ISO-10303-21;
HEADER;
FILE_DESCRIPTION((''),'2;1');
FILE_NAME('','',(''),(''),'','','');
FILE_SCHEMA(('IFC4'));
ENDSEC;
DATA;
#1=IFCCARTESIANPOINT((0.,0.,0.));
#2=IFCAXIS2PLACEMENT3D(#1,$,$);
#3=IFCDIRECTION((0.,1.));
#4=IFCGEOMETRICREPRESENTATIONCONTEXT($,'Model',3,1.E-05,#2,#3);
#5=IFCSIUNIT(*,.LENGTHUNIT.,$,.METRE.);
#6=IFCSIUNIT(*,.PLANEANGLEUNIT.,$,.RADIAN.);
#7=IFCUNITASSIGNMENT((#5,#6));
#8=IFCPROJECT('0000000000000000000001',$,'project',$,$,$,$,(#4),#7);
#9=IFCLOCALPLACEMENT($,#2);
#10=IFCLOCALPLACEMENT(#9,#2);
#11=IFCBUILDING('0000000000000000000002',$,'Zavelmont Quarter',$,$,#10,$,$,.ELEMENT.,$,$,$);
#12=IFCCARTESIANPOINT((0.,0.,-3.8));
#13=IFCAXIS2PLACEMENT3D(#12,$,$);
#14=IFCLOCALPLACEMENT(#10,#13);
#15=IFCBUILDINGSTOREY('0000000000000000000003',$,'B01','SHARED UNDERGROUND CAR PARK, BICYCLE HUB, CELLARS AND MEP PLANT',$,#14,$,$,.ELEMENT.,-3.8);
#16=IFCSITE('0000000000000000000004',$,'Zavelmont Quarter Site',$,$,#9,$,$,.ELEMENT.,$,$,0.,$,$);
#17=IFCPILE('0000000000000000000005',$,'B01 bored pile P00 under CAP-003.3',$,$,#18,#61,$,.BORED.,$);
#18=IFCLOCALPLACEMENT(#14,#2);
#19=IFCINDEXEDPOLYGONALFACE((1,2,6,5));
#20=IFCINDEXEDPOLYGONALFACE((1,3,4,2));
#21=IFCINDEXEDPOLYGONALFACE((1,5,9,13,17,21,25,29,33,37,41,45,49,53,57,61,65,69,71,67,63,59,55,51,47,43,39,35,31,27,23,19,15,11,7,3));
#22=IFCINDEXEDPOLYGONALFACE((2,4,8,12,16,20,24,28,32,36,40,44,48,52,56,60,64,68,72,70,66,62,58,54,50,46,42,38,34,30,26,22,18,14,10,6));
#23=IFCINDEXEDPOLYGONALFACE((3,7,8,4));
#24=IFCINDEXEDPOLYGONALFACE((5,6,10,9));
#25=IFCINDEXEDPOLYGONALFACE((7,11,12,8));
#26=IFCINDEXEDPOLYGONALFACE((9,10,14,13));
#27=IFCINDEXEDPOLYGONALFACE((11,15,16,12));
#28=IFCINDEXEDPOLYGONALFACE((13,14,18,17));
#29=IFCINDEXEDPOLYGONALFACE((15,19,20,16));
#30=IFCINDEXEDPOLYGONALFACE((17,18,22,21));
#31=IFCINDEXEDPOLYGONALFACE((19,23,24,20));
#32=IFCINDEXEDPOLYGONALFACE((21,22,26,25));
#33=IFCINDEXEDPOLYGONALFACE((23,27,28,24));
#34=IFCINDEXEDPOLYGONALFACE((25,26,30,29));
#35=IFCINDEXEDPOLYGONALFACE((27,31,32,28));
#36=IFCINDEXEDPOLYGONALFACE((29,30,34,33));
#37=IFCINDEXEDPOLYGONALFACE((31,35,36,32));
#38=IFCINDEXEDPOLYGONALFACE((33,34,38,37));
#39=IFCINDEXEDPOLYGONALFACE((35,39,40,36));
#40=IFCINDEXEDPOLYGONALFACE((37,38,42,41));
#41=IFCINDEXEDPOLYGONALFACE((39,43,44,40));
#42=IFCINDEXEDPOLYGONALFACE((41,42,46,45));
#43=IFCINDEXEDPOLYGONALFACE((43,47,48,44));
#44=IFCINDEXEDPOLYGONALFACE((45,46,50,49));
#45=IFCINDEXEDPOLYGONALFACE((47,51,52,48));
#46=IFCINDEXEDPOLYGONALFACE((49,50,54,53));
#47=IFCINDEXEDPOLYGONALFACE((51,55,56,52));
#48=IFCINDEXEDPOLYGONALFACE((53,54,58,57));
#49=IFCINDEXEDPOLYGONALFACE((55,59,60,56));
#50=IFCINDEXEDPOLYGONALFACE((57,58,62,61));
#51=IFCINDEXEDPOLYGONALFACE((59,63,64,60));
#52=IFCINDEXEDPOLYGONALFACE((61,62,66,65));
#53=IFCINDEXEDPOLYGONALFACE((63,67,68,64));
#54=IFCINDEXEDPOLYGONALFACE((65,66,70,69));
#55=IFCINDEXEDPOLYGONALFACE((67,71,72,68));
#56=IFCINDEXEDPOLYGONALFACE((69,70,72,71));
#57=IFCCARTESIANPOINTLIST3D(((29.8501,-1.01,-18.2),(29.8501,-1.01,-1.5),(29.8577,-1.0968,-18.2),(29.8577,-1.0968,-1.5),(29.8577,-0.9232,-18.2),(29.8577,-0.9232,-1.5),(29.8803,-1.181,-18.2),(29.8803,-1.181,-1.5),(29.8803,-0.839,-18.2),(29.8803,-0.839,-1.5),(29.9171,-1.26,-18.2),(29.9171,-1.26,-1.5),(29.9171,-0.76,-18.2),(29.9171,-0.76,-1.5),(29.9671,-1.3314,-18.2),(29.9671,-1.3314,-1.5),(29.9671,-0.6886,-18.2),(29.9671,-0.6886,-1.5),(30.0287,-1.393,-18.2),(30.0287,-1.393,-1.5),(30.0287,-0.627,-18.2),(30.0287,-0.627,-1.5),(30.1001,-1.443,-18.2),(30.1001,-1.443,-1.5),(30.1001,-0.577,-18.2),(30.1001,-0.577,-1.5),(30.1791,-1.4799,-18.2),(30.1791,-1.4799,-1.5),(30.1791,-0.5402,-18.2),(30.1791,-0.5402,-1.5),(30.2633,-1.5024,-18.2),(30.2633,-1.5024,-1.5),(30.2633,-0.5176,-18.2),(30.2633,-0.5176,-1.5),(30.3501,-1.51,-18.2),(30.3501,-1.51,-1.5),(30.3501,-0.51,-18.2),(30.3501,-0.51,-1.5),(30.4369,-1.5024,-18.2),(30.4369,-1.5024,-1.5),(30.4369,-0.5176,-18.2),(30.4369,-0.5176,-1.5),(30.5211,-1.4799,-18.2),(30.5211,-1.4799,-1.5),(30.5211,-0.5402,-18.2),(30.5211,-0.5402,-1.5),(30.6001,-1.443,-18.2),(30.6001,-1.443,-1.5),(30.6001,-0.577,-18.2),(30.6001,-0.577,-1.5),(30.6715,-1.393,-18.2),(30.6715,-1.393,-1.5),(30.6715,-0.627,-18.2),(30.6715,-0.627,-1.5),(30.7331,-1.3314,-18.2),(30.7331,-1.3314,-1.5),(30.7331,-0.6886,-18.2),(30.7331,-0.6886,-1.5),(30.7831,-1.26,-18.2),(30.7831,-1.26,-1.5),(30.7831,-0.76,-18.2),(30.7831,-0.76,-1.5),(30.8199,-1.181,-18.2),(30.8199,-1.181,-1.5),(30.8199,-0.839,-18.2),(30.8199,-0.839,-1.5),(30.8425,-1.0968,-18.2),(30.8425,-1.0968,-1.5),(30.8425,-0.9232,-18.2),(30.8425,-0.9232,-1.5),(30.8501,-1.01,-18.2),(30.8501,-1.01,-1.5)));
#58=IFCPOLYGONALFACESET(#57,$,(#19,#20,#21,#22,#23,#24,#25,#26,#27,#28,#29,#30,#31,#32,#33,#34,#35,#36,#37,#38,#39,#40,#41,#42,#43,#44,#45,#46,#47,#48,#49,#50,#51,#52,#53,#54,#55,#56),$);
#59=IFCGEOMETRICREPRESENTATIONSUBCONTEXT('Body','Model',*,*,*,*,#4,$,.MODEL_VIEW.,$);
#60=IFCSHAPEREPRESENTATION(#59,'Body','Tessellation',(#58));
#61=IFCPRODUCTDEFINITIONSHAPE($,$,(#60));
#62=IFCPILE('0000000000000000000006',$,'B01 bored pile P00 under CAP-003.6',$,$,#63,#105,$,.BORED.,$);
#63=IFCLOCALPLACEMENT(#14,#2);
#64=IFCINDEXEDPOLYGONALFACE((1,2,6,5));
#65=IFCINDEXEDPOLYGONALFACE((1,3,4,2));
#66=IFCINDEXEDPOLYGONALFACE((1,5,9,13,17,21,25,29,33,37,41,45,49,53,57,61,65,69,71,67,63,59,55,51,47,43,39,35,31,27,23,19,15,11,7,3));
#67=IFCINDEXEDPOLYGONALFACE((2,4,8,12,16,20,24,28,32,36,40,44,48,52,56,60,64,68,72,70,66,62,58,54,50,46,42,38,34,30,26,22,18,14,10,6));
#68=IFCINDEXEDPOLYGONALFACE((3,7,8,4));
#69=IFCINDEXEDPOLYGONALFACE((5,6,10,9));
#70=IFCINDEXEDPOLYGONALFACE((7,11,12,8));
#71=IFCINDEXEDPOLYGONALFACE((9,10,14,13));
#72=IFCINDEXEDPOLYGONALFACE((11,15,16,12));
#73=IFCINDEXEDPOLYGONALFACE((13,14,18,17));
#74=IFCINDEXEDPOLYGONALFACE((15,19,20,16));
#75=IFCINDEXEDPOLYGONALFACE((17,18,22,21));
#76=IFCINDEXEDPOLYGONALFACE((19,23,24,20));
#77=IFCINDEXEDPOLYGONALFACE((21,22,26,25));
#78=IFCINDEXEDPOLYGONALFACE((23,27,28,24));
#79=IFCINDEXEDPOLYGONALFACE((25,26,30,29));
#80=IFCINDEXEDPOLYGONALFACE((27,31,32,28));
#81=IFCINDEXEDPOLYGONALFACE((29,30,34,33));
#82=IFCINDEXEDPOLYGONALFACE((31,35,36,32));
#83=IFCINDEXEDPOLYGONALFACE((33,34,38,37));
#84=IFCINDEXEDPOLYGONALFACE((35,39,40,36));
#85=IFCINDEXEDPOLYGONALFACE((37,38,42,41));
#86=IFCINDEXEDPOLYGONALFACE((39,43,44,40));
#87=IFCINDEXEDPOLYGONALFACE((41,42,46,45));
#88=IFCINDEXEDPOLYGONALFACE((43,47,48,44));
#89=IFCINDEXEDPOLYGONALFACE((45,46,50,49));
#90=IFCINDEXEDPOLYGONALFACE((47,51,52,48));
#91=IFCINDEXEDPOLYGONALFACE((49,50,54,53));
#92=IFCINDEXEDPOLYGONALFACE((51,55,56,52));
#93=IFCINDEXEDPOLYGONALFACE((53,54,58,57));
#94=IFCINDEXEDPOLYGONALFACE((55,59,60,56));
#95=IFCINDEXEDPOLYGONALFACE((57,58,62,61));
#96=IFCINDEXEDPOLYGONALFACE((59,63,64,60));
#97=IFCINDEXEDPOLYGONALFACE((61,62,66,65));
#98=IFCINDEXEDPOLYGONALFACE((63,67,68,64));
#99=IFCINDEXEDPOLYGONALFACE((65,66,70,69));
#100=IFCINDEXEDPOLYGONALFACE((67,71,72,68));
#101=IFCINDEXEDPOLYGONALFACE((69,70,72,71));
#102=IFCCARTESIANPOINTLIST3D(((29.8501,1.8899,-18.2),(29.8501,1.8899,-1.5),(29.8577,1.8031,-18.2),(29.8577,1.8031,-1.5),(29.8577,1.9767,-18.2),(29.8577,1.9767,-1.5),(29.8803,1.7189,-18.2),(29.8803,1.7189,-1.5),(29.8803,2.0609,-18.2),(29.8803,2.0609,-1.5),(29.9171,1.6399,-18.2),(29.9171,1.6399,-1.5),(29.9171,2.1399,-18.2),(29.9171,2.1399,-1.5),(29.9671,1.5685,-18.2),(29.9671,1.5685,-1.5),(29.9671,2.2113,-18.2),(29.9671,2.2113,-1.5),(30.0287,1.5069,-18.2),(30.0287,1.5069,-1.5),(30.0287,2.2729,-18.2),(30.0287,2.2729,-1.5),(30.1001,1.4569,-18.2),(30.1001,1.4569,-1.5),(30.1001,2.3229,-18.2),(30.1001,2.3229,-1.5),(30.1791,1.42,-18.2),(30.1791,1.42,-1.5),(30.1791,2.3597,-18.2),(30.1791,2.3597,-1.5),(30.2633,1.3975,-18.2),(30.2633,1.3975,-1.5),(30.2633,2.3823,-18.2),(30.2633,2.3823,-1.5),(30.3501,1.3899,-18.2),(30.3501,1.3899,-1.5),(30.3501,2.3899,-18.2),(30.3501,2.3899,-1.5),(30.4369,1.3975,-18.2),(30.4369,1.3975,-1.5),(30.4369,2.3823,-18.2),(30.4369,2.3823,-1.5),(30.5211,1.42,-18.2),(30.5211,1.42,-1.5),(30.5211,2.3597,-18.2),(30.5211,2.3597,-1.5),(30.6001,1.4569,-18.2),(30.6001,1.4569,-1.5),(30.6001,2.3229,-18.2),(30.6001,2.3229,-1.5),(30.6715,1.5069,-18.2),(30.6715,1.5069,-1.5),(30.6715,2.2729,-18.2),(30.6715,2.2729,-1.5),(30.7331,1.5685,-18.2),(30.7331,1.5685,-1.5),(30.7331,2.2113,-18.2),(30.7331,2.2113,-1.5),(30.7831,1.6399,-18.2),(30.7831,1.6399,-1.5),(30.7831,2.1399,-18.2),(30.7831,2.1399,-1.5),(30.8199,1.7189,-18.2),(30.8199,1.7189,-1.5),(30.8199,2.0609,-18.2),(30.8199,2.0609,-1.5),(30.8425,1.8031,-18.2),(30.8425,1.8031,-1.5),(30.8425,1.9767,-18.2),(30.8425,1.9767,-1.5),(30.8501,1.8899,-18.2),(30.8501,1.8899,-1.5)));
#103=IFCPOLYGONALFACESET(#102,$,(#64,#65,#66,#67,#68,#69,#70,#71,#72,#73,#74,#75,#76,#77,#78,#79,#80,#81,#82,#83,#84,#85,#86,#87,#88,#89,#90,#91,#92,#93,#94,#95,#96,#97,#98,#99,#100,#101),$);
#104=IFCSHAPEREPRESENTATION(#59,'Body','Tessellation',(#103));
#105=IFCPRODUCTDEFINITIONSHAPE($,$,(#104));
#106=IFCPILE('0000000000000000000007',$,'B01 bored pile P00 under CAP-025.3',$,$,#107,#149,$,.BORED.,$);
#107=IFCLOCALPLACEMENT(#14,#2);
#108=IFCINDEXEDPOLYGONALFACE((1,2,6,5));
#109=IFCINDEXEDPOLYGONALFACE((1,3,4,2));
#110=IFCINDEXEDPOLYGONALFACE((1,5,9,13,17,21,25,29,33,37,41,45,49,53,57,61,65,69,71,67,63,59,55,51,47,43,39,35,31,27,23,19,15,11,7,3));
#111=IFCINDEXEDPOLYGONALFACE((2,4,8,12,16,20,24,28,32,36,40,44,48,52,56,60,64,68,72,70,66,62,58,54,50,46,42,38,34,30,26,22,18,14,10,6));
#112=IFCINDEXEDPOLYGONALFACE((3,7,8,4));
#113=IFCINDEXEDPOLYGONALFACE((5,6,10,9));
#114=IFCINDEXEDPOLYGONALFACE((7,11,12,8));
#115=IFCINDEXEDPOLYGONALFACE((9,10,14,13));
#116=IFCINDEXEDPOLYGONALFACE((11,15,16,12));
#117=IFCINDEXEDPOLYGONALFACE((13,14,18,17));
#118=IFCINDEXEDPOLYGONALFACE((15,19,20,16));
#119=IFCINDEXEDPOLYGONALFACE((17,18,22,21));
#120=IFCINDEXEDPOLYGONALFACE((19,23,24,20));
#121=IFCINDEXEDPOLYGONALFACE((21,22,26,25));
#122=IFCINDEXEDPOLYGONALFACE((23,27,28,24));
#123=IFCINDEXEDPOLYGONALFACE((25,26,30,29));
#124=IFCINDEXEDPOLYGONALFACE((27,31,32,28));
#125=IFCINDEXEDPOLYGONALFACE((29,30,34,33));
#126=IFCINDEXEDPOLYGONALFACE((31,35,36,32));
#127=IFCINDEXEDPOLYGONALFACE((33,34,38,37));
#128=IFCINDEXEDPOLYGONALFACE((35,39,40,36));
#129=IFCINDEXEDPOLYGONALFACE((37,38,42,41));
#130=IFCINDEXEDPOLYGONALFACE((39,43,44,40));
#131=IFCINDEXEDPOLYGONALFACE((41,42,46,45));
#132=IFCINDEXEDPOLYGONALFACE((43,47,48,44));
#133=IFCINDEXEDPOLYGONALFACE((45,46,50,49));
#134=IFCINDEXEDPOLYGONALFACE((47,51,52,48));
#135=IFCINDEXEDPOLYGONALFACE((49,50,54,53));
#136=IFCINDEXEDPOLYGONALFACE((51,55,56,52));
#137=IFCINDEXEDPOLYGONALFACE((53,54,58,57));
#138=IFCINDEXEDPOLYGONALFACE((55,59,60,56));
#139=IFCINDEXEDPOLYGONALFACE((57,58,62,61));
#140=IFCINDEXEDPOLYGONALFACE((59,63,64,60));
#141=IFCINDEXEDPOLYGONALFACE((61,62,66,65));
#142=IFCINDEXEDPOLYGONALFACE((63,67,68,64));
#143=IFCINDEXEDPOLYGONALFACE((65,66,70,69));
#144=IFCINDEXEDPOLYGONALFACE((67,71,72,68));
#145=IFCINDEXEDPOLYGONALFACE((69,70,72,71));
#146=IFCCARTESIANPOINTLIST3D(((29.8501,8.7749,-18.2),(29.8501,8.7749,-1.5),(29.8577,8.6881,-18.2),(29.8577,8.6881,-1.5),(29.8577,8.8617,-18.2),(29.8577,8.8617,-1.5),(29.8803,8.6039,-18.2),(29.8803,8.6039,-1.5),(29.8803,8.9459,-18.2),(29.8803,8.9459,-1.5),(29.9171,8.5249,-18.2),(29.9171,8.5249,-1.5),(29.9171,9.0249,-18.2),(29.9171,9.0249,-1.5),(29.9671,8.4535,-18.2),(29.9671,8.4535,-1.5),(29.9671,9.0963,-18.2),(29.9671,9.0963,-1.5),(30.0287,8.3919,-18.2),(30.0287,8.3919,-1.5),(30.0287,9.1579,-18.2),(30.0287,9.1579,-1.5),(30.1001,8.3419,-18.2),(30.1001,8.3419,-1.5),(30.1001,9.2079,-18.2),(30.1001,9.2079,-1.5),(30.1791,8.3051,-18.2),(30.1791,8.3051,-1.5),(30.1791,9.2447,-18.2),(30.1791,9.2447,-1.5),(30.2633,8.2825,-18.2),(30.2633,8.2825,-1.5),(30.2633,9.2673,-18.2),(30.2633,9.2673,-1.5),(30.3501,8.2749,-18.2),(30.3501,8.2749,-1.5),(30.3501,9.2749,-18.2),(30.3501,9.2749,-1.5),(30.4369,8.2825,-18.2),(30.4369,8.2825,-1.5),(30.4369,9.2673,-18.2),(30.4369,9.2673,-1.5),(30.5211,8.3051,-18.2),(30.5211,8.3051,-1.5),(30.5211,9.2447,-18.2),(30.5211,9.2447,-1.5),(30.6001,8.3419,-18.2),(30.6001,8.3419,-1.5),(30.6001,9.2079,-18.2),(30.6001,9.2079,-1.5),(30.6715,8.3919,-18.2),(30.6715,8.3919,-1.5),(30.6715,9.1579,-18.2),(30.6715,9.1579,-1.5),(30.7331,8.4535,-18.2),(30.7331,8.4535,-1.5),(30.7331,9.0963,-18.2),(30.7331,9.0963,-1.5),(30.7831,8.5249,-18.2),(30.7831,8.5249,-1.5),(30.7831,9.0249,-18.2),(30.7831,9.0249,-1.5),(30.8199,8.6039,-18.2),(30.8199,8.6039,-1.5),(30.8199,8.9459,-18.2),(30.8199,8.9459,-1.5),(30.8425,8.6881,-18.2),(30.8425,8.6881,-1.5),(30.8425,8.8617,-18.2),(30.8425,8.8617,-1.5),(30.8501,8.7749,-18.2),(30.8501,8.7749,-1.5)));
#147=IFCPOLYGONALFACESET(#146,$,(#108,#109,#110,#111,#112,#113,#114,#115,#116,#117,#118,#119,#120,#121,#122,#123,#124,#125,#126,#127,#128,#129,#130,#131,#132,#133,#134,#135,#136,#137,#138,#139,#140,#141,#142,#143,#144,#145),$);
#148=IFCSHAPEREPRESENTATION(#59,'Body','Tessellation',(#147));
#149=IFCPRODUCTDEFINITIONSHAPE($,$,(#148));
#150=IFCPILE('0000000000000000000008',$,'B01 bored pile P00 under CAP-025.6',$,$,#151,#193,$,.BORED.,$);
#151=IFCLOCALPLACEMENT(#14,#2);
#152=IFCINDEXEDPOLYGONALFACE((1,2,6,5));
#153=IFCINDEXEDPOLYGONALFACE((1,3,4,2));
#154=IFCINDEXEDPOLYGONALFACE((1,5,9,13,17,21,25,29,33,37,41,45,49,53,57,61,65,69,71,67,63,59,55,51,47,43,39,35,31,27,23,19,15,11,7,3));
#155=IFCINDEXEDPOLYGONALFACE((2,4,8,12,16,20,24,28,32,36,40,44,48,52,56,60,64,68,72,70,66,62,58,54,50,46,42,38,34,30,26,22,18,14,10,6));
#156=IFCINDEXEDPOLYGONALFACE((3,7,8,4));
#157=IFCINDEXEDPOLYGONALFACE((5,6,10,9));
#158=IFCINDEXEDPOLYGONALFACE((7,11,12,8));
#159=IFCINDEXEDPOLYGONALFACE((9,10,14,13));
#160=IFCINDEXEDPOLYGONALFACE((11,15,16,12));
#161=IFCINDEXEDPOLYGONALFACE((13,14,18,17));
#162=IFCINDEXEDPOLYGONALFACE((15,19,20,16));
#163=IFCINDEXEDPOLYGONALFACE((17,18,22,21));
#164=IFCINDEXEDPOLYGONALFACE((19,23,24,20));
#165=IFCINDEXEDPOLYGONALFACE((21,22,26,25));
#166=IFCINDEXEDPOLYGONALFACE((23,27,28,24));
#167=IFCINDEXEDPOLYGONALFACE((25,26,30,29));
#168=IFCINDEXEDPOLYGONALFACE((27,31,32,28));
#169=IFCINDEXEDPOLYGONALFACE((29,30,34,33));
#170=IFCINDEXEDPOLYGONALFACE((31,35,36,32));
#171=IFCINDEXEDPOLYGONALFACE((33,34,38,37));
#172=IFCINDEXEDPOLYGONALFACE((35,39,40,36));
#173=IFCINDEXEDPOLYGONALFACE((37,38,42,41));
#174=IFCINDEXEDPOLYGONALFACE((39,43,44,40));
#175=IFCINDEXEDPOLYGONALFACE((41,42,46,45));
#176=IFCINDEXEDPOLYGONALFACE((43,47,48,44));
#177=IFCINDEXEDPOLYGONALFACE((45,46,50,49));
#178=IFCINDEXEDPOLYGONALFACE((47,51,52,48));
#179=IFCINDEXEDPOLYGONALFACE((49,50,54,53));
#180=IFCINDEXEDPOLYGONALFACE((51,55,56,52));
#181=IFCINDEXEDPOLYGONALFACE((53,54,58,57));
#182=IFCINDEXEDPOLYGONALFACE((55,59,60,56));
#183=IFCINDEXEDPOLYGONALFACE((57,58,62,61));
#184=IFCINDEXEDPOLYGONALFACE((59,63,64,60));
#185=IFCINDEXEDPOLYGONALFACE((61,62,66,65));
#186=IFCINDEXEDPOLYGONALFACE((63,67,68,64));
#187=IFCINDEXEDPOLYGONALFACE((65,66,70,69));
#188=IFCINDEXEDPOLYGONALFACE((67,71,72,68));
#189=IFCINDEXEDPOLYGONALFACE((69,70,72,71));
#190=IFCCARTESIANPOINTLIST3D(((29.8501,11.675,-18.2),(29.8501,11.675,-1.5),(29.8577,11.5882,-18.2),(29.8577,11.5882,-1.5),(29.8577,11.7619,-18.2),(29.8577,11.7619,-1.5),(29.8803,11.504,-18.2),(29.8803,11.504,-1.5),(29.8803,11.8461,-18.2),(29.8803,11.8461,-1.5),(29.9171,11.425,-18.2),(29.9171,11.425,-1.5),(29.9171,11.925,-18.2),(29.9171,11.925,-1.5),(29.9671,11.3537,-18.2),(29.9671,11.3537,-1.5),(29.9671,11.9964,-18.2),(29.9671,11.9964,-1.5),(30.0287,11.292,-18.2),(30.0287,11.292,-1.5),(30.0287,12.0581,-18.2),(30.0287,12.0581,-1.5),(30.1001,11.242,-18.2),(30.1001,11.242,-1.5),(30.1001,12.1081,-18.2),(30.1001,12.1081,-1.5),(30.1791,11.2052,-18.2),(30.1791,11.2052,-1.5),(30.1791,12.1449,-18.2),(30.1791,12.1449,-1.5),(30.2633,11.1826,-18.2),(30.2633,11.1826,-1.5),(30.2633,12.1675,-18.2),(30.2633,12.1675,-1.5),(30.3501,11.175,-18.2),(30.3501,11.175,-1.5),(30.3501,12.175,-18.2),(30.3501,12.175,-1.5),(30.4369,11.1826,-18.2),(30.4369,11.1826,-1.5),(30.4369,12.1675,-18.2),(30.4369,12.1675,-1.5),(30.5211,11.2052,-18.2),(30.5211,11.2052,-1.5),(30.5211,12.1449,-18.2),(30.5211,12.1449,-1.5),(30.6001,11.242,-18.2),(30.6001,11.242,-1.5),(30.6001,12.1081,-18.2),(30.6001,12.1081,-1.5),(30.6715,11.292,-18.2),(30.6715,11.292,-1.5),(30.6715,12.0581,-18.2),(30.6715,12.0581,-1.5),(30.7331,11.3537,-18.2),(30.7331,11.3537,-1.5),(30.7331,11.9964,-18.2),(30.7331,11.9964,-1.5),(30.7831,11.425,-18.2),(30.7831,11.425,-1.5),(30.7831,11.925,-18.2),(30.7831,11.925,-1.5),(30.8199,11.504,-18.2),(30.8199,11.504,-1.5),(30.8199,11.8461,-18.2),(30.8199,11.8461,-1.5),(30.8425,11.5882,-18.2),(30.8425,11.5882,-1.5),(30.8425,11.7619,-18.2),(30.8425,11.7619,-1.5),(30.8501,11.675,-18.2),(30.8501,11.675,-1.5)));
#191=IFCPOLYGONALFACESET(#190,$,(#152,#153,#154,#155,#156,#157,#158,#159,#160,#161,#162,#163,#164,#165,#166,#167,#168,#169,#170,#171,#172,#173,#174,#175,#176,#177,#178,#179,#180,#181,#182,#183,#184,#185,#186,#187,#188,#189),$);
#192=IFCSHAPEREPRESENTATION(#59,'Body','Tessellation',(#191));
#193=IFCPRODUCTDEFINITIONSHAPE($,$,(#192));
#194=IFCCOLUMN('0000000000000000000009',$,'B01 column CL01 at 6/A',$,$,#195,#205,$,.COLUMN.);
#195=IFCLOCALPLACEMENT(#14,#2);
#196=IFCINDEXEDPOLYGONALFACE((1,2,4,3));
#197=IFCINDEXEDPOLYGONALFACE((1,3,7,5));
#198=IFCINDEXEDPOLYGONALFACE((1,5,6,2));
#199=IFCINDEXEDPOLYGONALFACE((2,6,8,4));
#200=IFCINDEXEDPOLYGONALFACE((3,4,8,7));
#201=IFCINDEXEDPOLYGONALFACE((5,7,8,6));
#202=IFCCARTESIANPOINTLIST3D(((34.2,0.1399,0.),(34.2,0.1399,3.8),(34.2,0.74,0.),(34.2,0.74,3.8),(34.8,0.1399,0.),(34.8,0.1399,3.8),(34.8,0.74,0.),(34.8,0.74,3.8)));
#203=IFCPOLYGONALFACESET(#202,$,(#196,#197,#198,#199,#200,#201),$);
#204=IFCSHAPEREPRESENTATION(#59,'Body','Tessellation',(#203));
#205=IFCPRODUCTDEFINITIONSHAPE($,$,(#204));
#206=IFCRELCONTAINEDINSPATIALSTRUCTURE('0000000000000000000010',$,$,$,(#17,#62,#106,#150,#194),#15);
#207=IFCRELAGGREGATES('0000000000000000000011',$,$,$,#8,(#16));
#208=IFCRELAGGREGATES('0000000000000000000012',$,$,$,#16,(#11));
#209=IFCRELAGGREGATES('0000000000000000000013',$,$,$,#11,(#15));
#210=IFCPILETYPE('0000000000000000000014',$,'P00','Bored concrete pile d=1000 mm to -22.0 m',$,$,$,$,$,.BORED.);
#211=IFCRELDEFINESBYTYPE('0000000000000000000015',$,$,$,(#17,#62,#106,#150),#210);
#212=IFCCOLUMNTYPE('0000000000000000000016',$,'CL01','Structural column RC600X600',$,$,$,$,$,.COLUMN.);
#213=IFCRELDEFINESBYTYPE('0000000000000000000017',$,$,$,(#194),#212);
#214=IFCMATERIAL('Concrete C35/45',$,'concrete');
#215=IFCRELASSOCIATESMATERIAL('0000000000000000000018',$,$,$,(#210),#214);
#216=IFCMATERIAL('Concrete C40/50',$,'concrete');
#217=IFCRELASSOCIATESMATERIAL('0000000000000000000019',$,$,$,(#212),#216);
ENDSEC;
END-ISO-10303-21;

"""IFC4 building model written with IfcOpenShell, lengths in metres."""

from ifc_helpers import new_model, si_unit, direction, frame, origin, origin_2d, place, context, subcontext, project, spatial, rectangle, circle, extrude, material, material_profile, profile_set, type_object, element, save


model = new_model("IFC4")

# Units and contexts
model_context = context("Model", 3, precision=1e-05, world=origin(), true_north=direction((0.0, 1.0)))
body_context = subcontext(model_context, "Body", "Model", "MODEL_VIEW")
ifc_project = project(units=[si_unit("LENGTHUNIT", "METRE"), si_unit("PLANEANGLEUNIT", "RADIAN")], contexts=[model_context])

# Site, building, storey
site_placement = place(None, origin())
site = spatial("IfcSite", under=ifc_project, at=site_placement, Name="Zavelmont Quarter Site", CompositionType="ELEMENT", RefElevation=0.0)
building_placement = place(site_placement, origin())
building = spatial("IfcBuilding", under=site, at=building_placement, Name="Zavelmont Quarter", CompositionType="ELEMENT")
storey_placement = place(building_placement, frame((0.0, 0.0, -3.8)))
storey = spatial("IfcBuildingStorey", under=building, at=storey_placement, Name="B01", Description="SHARED UNDERGROUND CAR PARK, BICYCLE HUB, CELLARS AND MEP PLANT", CompositionType="ELEMENT", Elevation=-3.8)

# Piles
ifc_material_1 = material(Name="Concrete C35/45", Category="concrete")
ifc_material_profile_1 = material_profile(ifc_material_1, circle(Radius=0.5, at=origin_2d()), Name="BP1000")
ifc_profile_set_1 = profile_set([ifc_material_profile_1], Name="Concrete C35/45")
pile_type = type_object("IfcPileType", Name="P00", Description="Bored concrete pile d=1000 mm to -22.0 m", PredefinedType="BORED", material=ifc_profile_set_1)
for number, where, z_axis, x_axis, name in (
    (1, (30.3501, -1.01, -1.5), (0.0, 0.0, -1.0), (1.0, 0.0, 0.0), "B01 bored pile P00 under CAP-003.3"),
    (2, (30.3501, 1.8899, -1.5), (0.0, 0.0, -1.0), (1.0, 0.0, 0.0), "B01 bored pile P00 under CAP-003.6"),
    (3, (30.3501, 8.7749, -1.5), (0.0, 0.0, -1.0), (1.0, 0.0, 0.0), "B01 bored pile P00 under CAP-025.3"),
    (4, (30.3501, 11.675, -1.5), (0.0, 0.0, -1.0), (1.0, 0.0, 0.0), "B01 bored pile P00 under CAP-025.6"),
):
    element("IfcPile", number, at=place(storey_placement, frame(where, z_axis=z_axis, x_axis=x_axis)), inside=storey, type_object=pile_type, Name=name, PredefinedType="BORED", context=body_context, shape_type="SweptSolid", body=[
        extrude(circle(Radius=0.5, at=origin_2d()), origin(), (0.0, 0.0, 1.0), 16.7),
    ])

# Column
ifc_material_2 = material(Name="Concrete C40/50", Category="concrete")
ifc_material_profile_2 = material_profile(ifc_material_2, rectangle(XDim=0.6001, YDim=0.6001, at=origin_2d()), Name="RC600X600")
ifc_profile_set_2 = profile_set([ifc_material_profile_2], Name="Concrete C40/50")
column_type_1 = type_object("IfcColumnType", Name="CL01", Description="Structural column RC600X600", PredefinedType="COLUMN", material=ifc_profile_set_2)
for number, where, z_axis, x_axis, name in (
    (5, (34.5, 0.4399, 0.0), (0.0, 0.0, 1.0), (1.0, 0.0, 0.0), "B01 column CL01 at 6/A"),
):
    element("IfcColumn", number, at=place(storey_placement, frame(where, z_axis=z_axis, x_axis=x_axis)), inside=storey, type_object=column_type_1, Name=name, PredefinedType="COLUMN", context=body_context, shape_type="SweptSolid", body=[
        extrude(rectangle(XDim=0.6001, YDim=0.6001, at=origin_2d()), origin(), (0.0, 0.0, 1.0), 3.8),
    ])

save(model, "model.ifc")
